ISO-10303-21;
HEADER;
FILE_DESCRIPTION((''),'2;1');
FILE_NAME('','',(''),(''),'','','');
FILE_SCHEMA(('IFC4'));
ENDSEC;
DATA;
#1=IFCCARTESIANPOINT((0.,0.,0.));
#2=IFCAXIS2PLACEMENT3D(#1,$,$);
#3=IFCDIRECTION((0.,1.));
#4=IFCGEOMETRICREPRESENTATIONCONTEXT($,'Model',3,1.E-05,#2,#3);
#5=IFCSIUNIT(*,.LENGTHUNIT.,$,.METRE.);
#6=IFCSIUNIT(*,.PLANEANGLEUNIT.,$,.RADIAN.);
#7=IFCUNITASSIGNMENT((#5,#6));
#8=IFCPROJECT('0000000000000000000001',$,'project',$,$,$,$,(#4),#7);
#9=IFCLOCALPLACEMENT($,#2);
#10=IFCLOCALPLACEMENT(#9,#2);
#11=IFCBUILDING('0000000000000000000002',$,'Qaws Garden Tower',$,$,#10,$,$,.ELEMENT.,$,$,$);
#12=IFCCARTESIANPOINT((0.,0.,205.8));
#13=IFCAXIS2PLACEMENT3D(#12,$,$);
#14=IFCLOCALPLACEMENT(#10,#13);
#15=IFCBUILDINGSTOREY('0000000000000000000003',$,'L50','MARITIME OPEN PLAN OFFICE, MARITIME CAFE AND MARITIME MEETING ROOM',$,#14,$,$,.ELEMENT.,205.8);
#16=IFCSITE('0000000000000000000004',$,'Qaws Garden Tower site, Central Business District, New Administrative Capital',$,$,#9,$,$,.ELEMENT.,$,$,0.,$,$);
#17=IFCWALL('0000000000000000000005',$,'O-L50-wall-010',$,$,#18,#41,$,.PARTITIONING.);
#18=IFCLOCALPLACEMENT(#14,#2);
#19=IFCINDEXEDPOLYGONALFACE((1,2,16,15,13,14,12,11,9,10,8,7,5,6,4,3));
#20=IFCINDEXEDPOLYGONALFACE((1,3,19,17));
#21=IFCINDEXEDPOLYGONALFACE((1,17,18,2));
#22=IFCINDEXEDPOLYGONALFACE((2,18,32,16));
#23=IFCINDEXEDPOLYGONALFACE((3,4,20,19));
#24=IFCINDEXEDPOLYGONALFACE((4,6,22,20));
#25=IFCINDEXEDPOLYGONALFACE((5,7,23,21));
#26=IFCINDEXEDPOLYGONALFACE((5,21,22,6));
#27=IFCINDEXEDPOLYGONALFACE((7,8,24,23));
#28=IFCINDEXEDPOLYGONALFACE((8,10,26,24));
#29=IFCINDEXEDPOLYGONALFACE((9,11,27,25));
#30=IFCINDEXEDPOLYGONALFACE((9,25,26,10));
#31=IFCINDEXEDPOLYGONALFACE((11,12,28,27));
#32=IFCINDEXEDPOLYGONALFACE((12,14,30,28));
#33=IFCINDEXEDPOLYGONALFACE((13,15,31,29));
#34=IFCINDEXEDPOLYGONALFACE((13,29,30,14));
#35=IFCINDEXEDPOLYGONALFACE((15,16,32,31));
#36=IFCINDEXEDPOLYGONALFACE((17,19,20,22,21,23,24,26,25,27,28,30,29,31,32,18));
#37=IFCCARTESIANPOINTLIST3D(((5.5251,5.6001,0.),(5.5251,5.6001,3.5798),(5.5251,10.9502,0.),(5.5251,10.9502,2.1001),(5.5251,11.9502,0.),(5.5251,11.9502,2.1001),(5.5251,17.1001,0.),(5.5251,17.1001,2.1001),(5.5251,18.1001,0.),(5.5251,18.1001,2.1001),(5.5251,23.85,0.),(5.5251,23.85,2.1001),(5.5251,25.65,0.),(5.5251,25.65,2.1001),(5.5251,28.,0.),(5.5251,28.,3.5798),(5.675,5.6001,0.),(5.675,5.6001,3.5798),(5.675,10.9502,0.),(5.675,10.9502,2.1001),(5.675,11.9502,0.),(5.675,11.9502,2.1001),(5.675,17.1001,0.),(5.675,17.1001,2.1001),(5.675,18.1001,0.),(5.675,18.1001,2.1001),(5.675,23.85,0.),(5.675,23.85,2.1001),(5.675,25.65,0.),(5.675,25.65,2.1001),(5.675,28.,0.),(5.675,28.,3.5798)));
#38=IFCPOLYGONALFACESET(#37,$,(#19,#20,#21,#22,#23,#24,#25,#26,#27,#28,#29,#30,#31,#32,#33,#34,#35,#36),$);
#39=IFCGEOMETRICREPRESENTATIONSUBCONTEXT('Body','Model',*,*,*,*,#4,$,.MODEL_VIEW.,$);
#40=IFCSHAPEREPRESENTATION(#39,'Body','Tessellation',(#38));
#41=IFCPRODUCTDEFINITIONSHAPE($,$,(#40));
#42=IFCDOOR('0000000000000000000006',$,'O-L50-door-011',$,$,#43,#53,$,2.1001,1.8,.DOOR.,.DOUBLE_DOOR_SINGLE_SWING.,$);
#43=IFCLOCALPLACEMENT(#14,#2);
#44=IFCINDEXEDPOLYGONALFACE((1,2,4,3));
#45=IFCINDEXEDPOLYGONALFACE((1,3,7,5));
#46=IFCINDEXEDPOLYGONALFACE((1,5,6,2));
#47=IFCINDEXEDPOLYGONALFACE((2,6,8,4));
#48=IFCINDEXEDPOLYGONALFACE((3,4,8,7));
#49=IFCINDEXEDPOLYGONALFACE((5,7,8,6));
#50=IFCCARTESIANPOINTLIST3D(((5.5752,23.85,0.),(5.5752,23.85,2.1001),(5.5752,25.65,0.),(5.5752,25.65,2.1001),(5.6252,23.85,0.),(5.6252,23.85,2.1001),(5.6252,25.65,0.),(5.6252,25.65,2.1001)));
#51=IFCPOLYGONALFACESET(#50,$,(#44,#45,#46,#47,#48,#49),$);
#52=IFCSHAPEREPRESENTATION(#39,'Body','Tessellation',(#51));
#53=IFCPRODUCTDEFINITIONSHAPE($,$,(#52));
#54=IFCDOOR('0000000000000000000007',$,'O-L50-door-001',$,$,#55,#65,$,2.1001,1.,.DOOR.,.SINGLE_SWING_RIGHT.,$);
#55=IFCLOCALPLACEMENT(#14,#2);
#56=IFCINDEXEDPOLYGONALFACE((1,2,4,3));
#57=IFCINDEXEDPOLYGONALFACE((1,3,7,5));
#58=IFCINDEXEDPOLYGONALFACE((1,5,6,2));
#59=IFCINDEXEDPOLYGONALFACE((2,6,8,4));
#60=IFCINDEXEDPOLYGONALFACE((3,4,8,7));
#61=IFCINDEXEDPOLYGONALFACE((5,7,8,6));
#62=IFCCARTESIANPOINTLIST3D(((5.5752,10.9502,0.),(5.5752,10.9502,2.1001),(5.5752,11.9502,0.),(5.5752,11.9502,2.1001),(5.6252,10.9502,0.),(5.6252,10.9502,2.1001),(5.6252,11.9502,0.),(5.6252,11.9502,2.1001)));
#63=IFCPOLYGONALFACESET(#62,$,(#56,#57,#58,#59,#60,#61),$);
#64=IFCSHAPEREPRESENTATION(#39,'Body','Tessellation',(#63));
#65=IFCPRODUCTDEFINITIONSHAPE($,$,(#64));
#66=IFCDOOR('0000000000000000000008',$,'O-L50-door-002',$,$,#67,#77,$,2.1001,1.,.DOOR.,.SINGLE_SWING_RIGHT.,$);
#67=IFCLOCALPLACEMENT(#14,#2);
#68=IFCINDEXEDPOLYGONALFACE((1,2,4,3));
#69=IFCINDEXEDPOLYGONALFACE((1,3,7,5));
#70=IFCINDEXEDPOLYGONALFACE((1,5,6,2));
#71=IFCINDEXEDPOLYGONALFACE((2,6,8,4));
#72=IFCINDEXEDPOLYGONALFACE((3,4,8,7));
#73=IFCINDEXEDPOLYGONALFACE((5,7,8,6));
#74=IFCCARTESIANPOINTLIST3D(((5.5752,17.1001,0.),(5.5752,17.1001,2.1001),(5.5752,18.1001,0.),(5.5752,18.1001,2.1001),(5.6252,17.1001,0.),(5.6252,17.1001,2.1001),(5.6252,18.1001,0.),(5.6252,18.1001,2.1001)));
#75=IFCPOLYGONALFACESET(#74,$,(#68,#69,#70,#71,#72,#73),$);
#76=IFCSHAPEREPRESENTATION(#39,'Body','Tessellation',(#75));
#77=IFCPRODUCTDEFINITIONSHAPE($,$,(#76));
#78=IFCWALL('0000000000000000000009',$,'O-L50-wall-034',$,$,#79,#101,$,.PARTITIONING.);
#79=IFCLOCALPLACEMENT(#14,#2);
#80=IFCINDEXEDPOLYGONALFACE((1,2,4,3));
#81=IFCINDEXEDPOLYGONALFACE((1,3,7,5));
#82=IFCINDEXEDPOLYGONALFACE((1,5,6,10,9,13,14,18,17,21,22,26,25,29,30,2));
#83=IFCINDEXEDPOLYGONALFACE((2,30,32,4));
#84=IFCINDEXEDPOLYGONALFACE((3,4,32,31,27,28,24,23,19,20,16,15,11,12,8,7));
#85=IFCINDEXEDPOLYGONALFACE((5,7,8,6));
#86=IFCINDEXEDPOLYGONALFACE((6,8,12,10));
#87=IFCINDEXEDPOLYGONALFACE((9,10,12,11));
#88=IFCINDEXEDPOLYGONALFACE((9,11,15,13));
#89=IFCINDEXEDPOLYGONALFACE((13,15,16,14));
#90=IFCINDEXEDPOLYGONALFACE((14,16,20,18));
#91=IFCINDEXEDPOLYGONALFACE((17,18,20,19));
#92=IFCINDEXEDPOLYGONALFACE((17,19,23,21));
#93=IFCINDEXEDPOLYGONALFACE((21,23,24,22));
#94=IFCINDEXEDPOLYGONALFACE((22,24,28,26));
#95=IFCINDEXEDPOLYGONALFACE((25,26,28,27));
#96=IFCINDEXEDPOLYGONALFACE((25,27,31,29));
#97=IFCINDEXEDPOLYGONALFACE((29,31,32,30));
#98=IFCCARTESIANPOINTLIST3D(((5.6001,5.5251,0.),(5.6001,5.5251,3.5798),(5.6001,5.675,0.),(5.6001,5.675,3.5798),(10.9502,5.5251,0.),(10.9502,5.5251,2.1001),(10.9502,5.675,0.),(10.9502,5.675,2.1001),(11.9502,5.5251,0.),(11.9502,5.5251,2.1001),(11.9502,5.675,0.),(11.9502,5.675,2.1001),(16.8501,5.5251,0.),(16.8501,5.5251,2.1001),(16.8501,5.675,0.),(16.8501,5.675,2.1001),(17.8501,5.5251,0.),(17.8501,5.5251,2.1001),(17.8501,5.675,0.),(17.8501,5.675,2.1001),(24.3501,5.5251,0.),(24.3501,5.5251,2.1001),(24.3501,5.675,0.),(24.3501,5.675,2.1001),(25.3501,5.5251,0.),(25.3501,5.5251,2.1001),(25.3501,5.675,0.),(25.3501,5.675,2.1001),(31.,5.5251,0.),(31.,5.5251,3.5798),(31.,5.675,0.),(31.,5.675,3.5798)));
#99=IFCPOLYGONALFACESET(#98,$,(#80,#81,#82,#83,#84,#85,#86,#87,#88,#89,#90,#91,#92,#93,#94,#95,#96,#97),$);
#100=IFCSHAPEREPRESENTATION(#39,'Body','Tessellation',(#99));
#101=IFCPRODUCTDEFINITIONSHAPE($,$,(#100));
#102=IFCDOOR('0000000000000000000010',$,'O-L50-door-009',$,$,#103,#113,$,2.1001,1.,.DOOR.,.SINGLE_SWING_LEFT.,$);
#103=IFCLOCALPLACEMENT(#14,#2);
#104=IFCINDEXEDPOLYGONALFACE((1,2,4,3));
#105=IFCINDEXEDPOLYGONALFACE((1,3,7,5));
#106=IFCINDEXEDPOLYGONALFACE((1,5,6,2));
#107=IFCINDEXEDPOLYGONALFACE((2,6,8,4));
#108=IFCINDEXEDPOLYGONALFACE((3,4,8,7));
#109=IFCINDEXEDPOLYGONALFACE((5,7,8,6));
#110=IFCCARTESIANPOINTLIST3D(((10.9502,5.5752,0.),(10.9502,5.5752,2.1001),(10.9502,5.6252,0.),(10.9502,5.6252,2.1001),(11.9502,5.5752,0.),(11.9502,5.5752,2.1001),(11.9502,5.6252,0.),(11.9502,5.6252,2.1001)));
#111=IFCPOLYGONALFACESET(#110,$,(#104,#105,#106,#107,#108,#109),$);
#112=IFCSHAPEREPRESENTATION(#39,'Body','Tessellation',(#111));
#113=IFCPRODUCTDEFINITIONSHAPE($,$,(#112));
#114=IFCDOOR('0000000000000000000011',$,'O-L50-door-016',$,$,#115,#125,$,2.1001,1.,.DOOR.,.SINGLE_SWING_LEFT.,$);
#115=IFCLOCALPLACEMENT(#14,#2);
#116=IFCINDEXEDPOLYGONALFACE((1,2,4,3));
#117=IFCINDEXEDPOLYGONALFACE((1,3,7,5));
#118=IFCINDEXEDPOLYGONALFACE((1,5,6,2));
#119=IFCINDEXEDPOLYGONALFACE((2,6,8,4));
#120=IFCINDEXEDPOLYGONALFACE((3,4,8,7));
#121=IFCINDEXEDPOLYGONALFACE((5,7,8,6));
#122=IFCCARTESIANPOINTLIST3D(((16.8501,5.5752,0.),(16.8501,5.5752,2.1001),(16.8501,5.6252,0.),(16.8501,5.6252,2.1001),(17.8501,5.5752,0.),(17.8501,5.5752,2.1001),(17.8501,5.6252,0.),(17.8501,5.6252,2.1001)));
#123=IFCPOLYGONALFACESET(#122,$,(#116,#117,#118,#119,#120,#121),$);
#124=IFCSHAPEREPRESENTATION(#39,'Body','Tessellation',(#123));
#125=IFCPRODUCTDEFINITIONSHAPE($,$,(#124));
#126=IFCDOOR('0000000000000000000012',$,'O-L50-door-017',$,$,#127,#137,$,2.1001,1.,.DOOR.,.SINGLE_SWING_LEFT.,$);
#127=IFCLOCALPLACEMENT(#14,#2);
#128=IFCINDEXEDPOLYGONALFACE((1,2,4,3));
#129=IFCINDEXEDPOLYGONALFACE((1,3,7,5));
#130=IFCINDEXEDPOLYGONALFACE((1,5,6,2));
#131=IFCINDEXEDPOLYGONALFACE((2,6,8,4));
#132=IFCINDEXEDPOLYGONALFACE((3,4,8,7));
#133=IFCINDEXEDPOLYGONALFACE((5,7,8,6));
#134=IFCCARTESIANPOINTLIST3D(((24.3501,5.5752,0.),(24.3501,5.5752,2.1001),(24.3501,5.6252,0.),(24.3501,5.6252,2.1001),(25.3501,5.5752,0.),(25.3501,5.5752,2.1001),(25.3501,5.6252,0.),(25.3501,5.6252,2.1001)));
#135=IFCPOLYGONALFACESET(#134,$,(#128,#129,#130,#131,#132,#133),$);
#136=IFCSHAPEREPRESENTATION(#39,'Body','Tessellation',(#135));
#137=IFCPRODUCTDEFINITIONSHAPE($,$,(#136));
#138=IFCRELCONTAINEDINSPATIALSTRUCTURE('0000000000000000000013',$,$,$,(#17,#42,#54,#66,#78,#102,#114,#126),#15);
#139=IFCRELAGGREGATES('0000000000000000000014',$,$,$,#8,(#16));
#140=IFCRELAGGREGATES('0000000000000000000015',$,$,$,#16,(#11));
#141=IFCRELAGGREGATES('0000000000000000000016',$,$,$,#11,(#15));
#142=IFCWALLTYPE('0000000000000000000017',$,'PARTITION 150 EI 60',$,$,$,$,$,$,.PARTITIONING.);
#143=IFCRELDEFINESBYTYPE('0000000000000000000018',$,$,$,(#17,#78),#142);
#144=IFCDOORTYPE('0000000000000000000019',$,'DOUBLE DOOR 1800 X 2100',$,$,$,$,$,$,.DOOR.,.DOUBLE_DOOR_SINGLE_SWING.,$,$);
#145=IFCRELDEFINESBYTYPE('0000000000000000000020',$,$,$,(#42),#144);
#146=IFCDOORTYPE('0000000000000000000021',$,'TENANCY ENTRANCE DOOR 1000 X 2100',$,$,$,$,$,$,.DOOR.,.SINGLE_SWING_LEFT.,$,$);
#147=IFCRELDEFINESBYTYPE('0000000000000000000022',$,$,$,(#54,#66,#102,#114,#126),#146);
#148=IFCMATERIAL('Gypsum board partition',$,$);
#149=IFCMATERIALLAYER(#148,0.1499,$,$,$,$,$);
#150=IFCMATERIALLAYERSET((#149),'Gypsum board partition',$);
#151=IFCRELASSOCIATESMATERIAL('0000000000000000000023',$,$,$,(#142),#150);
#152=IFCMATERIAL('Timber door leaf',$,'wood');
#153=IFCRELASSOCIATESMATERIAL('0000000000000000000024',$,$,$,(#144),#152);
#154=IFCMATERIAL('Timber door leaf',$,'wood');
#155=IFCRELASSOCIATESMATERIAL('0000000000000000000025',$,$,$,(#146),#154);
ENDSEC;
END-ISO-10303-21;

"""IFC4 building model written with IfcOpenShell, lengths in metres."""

from ifc_helpers import new_model, si_unit, direction, frame, frame_2d, origin, place, context, subcontext, project, spatial, rectangle, extrude, material, layer, layer_set, type_object, element, fill, save


model = new_model("IFC4")

# Units and contexts
model_context = context("Model", 3, precision=1e-05, world=origin(), true_north=direction((0.0, 1.0)))
body_context = subcontext(model_context, "Body", "Model", "MODEL_VIEW")
ifc_project = project(units=[si_unit("LENGTHUNIT", "METRE"), si_unit("PLANEANGLEUNIT", "RADIAN")], contexts=[model_context])

# Site, building, storey
site_placement = place(None, origin())
site = spatial("IfcSite", under=ifc_project, at=site_placement, Name="Qaws Garden Tower site, Central Business District, New Administrative Capital", CompositionType="ELEMENT", RefElevation=0.0)
building_placement = place(site_placement, origin())
building = spatial("IfcBuilding", under=site, at=building_placement, Name="Qaws Garden Tower", CompositionType="ELEMENT")
storey_placement = place(building_placement, frame((0.0, 0.0, 205.8)))
storey = spatial("IfcBuildingStorey", under=building, at=storey_placement, Name="L50", Description="MARITIME OPEN PLAN OFFICE, MARITIME CAFE AND MARITIME MEETING ROOM", CompositionType="ELEMENT", Elevation=205.8)

# Walls, openings, doors
ifc_material_1 = material(Name="Gypsum board partition")
ifc_layer_1 = layer(ifc_material_1, 0.1499)
ifc_layer_set_1 = layer_set([ifc_layer_1], Name="Gypsum board partition")
wall_type_1 = type_object("IfcWallType", Name="PARTITION 150 EI 60", PredefinedType="PARTITIONING", material=ifc_layer_set_1)
wall_1_placement = place(storey_placement, frame((5.6001, 5.6001, 0.0), z_axis=(0.0, 0.0, 1.0), x_axis=(0.0, 1.0, 0.0)))
wall_1 = element("IfcWall", 1, at=wall_1_placement, inside=storey, type_object=wall_type_1, Name="O-L50-wall-010", PredefinedType="PARTITIONING", context=body_context, shape_type="SweptSolid", body=[
    extrude(rectangle(XDim=22.3999, YDim=0.1499, at=frame_2d((11.2, 0.0))), origin(), (0.0, 0.0, 1.0), 3.5798),
])
opening_1_placement = place(wall_1_placement, frame((5.3501, 0.0, 0.0)))
opening_1 = element("IfcOpeningElement", 2, at=opening_1_placement, cuts=wall_1, PredefinedType="OPENING", context=body_context, shape_type="SweptSolid", body=[
    extrude(rectangle(XDim=1.0, YDim=2.1001, at=frame_2d((0.5, 1.05))), frame((0.0, 0.085, 0.0), z_axis=(0.0, -1.0, 0.0), x_axis=(1.0, 0.0, 0.0)), (0.0, 0.0, 1.0), 0.1699),
])
opening_2_placement = place(wall_1_placement, frame((11.5, 0.0, 0.0)))
opening_2 = element("IfcOpeningElement", 3, at=opening_2_placement, cuts=wall_1, PredefinedType="OPENING", context=body_context, shape_type="SweptSolid", body=[
    extrude(rectangle(XDim=1.0, YDim=2.1001, at=frame_2d((0.5, 1.05))), frame((0.0, 0.085, 0.0), z_axis=(0.0, -1.0, 0.0), x_axis=(1.0, 0.0, 0.0)), (0.0, 0.0, 1.0), 0.1699),
])
opening_3_placement = place(wall_1_placement, frame((18.25, 0.0, 0.0)))
opening_3 = element("IfcOpeningElement", 4, at=opening_3_placement, cuts=wall_1, PredefinedType="OPENING", context=body_context, shape_type="SweptSolid", body=[
    extrude(rectangle(XDim=1.8, YDim=2.1001, at=frame_2d((0.8999, 1.05))), frame((0.0, 0.085, 0.0), z_axis=(0.0, -1.0, 0.0), x_axis=(1.0, 0.0, 0.0)), (0.0, 0.0, 1.0), 0.1699),
])
ifc_material_2 = material(Name="Timber door leaf", Category="wood")
door_type_1 = type_object("IfcDoorType", Name="DOUBLE DOOR 1800 X 2100", OperationType="DOUBLE_DOOR_SINGLE_SWING", PredefinedType="DOOR", material=ifc_material_2)
door_1_placement = place(opening_3_placement, origin())
door_1 = element("IfcDoor", 5, at=door_1_placement, inside=storey, type_object=door_type_1, Name="O-L50-door-011", OperationType="DOUBLE_DOOR_SINGLE_SWING", OverallHeight=2.1001, OverallWidth=1.8, PredefinedType="DOOR", context=body_context, shape_type="SweptSolid", body=[
    extrude(rectangle(XDim=1.8, YDim=2.1001, at=frame_2d((0.8999, 1.05))), frame((0.0, 0.0249, 0.0), z_axis=(0.0, -1.0, 0.0), x_axis=(1.0, 0.0, 0.0)), (0.0, 0.0, 1.0), 0.05),
])
fill(opening_3, door_1)
ifc_material_3 = material(Name="Timber door leaf", Category="wood")
door_type_2 = type_object("IfcDoorType", Name="TENANCY ENTRANCE DOOR 1000 X 2100", OperationType="SINGLE_SWING_LEFT", PredefinedType="DOOR", material=ifc_material_3)
door_2_placement = place(opening_1_placement, origin())
door_2 = element("IfcDoor", 6, at=door_2_placement, inside=storey, type_object=door_type_2, Name="O-L50-door-001", OperationType="SINGLE_SWING_RIGHT", OverallHeight=2.1001, OverallWidth=1.0, PredefinedType="DOOR", context=body_context, shape_type="SweptSolid", body=[
    extrude(rectangle(XDim=1.0, YDim=2.1001, at=frame_2d((0.5, 1.05))), frame((0.0, 0.0249, 0.0), z_axis=(0.0, -1.0, 0.0), x_axis=(1.0, 0.0, 0.0)), (0.0, 0.0, 1.0), 0.05),
])
fill(opening_1, door_2)
door_3_placement = place(opening_2_placement, origin())
door_3 = element("IfcDoor", 7, at=door_3_placement, inside=storey, type_object=door_type_2, Name="O-L50-door-002", OperationType="SINGLE_SWING_RIGHT", OverallHeight=2.1001, OverallWidth=1.0, PredefinedType="DOOR", context=body_context, shape_type="SweptSolid", body=[
    extrude(rectangle(XDim=1.0, YDim=2.1001, at=frame_2d((0.5, 1.05))), frame((0.0, 0.0249, 0.0), z_axis=(0.0, -1.0, 0.0), x_axis=(1.0, 0.0, 0.0)), (0.0, 0.0, 1.0), 0.05),
])
fill(opening_2, door_3)
wall_2_placement = place(storey_placement, frame((5.6001, 5.6001, 0.0), z_axis=(0.0, 0.0, 1.0), x_axis=(1.0, 0.0, 0.0)))
wall_2 = element("IfcWall", 8, at=wall_2_placement, inside=storey, type_object=wall_type_1, Name="O-L50-wall-034", PredefinedType="PARTITIONING", context=body_context, shape_type="SweptSolid", body=[
    extrude(rectangle(XDim=25.3999, YDim=0.1499, at=frame_2d((12.7, 0.0))), origin(), (0.0, 0.0, 1.0), 3.5798),
])
opening_4_placement = place(wall_2_placement, frame((5.3501, 0.0, 0.0)))
opening_4 = element("IfcOpeningElement", 9, at=opening_4_placement, cuts=wall_2, PredefinedType="OPENING", context=body_context, shape_type="SweptSolid", body=[
    extrude(rectangle(XDim=1.0, YDim=2.1001, at=frame_2d((0.5, 1.05))), frame((0.0, 0.085, 0.0), z_axis=(0.0, -1.0, 0.0), x_axis=(1.0, 0.0, 0.0)), (0.0, 0.0, 1.0), 0.1699),
])
opening_5_placement = place(wall_2_placement, frame((11.25, 0.0, 0.0)))
opening_5 = element("IfcOpeningElement", 10, at=opening_5_placement, cuts=wall_2, PredefinedType="OPENING", context=body_context, shape_type="SweptSolid", body=[
    extrude(rectangle(XDim=1.0, YDim=2.1001, at=frame_2d((0.5, 1.05))), frame((0.0, 0.085, 0.0), z_axis=(0.0, -1.0, 0.0), x_axis=(1.0, 0.0, 0.0)), (0.0, 0.0, 1.0), 0.1699),
])
opening_6_placement = place(wall_2_placement, frame((18.75, 0.0, 0.0)))
opening_6 = element("IfcOpeningElement", 11, at=opening_6_placement, cuts=wall_2, PredefinedType="OPENING", context=body_context, shape_type="SweptSolid", body=[
    extrude(rectangle(XDim=1.0, YDim=2.1001, at=frame_2d((0.5, 1.05))), frame((0.0, 0.085, 0.0), z_axis=(0.0, -1.0, 0.0), x_axis=(1.0, 0.0, 0.0)), (0.0, 0.0, 1.0), 0.1699),
])
door_4_placement = place(opening_4_placement, frame((1.0, 0.0, 0.0), z_axis=(0.0, 0.0, 1.0), x_axis=(-1.0, 0.0, 0.0)))
door_4 = element("IfcDoor", 12, at=door_4_placement, inside=storey, type_object=door_type_2, Name="O-L50-door-009", OperationType="SINGLE_SWING_LEFT", OverallHeight=2.1001, OverallWidth=1.0, PredefinedType="DOOR", context=body_context, shape_type="SweptSolid", body=[
    extrude(rectangle(XDim=1.0, YDim=2.1001, at=frame_2d((0.5, 1.05))), frame((0.0, 0.0249, 0.0), z_axis=(0.0, -1.0, 0.0), x_axis=(1.0, 0.0, 0.0)), (0.0, 0.0, 1.0), 0.05),
])
fill(opening_4, door_4)
door_5_placement = place(opening_5_placement, frame((1.0, 0.0, 0.0), z_axis=(0.0, 0.0, 1.0), x_axis=(-1.0, 0.0, 0.0)))
door_5 = element("IfcDoor", 13, at=door_5_placement, inside=storey, type_object=door_type_2, Name="O-L50-door-016", OperationType="SINGLE_SWING_LEFT", OverallHeight=2.1001, OverallWidth=1.0, PredefinedType="DOOR", context=body_context, shape_type="SweptSolid", body=[
    extrude(rectangle(XDim=1.0, YDim=2.1001, at=frame_2d((0.5, 1.05))), frame((0.0, 0.0249, 0.0), z_axis=(0.0, -1.0, 0.0), x_axis=(1.0, 0.0, 0.0)), (0.0, 0.0, 1.0), 0.05),
])
fill(opening_5, door_5)
door_6_placement = place(opening_6_placement, frame((1.0, 0.0, 0.0), z_axis=(0.0, 0.0, 1.0), x_axis=(-1.0, 0.0, 0.0)))
door_6 = element("IfcDoor", 14, at=door_6_placement, inside=storey, type_object=door_type_2, Name="O-L50-door-017", OperationType="SINGLE_SWING_LEFT", OverallHeight=2.1001, OverallWidth=1.0, PredefinedType="DOOR", context=body_context, shape_type="SweptSolid", body=[
    extrude(rectangle(XDim=1.0, YDim=2.1001, at=frame_2d((0.5, 1.05))), frame((0.0, 0.0249, 0.0), z_axis=(0.0, -1.0, 0.0), x_axis=(1.0, 0.0, 0.0)), (0.0, 0.0, 1.0), 0.05),
])
fill(opening_6, door_6)

save(model, "model.ifc")
